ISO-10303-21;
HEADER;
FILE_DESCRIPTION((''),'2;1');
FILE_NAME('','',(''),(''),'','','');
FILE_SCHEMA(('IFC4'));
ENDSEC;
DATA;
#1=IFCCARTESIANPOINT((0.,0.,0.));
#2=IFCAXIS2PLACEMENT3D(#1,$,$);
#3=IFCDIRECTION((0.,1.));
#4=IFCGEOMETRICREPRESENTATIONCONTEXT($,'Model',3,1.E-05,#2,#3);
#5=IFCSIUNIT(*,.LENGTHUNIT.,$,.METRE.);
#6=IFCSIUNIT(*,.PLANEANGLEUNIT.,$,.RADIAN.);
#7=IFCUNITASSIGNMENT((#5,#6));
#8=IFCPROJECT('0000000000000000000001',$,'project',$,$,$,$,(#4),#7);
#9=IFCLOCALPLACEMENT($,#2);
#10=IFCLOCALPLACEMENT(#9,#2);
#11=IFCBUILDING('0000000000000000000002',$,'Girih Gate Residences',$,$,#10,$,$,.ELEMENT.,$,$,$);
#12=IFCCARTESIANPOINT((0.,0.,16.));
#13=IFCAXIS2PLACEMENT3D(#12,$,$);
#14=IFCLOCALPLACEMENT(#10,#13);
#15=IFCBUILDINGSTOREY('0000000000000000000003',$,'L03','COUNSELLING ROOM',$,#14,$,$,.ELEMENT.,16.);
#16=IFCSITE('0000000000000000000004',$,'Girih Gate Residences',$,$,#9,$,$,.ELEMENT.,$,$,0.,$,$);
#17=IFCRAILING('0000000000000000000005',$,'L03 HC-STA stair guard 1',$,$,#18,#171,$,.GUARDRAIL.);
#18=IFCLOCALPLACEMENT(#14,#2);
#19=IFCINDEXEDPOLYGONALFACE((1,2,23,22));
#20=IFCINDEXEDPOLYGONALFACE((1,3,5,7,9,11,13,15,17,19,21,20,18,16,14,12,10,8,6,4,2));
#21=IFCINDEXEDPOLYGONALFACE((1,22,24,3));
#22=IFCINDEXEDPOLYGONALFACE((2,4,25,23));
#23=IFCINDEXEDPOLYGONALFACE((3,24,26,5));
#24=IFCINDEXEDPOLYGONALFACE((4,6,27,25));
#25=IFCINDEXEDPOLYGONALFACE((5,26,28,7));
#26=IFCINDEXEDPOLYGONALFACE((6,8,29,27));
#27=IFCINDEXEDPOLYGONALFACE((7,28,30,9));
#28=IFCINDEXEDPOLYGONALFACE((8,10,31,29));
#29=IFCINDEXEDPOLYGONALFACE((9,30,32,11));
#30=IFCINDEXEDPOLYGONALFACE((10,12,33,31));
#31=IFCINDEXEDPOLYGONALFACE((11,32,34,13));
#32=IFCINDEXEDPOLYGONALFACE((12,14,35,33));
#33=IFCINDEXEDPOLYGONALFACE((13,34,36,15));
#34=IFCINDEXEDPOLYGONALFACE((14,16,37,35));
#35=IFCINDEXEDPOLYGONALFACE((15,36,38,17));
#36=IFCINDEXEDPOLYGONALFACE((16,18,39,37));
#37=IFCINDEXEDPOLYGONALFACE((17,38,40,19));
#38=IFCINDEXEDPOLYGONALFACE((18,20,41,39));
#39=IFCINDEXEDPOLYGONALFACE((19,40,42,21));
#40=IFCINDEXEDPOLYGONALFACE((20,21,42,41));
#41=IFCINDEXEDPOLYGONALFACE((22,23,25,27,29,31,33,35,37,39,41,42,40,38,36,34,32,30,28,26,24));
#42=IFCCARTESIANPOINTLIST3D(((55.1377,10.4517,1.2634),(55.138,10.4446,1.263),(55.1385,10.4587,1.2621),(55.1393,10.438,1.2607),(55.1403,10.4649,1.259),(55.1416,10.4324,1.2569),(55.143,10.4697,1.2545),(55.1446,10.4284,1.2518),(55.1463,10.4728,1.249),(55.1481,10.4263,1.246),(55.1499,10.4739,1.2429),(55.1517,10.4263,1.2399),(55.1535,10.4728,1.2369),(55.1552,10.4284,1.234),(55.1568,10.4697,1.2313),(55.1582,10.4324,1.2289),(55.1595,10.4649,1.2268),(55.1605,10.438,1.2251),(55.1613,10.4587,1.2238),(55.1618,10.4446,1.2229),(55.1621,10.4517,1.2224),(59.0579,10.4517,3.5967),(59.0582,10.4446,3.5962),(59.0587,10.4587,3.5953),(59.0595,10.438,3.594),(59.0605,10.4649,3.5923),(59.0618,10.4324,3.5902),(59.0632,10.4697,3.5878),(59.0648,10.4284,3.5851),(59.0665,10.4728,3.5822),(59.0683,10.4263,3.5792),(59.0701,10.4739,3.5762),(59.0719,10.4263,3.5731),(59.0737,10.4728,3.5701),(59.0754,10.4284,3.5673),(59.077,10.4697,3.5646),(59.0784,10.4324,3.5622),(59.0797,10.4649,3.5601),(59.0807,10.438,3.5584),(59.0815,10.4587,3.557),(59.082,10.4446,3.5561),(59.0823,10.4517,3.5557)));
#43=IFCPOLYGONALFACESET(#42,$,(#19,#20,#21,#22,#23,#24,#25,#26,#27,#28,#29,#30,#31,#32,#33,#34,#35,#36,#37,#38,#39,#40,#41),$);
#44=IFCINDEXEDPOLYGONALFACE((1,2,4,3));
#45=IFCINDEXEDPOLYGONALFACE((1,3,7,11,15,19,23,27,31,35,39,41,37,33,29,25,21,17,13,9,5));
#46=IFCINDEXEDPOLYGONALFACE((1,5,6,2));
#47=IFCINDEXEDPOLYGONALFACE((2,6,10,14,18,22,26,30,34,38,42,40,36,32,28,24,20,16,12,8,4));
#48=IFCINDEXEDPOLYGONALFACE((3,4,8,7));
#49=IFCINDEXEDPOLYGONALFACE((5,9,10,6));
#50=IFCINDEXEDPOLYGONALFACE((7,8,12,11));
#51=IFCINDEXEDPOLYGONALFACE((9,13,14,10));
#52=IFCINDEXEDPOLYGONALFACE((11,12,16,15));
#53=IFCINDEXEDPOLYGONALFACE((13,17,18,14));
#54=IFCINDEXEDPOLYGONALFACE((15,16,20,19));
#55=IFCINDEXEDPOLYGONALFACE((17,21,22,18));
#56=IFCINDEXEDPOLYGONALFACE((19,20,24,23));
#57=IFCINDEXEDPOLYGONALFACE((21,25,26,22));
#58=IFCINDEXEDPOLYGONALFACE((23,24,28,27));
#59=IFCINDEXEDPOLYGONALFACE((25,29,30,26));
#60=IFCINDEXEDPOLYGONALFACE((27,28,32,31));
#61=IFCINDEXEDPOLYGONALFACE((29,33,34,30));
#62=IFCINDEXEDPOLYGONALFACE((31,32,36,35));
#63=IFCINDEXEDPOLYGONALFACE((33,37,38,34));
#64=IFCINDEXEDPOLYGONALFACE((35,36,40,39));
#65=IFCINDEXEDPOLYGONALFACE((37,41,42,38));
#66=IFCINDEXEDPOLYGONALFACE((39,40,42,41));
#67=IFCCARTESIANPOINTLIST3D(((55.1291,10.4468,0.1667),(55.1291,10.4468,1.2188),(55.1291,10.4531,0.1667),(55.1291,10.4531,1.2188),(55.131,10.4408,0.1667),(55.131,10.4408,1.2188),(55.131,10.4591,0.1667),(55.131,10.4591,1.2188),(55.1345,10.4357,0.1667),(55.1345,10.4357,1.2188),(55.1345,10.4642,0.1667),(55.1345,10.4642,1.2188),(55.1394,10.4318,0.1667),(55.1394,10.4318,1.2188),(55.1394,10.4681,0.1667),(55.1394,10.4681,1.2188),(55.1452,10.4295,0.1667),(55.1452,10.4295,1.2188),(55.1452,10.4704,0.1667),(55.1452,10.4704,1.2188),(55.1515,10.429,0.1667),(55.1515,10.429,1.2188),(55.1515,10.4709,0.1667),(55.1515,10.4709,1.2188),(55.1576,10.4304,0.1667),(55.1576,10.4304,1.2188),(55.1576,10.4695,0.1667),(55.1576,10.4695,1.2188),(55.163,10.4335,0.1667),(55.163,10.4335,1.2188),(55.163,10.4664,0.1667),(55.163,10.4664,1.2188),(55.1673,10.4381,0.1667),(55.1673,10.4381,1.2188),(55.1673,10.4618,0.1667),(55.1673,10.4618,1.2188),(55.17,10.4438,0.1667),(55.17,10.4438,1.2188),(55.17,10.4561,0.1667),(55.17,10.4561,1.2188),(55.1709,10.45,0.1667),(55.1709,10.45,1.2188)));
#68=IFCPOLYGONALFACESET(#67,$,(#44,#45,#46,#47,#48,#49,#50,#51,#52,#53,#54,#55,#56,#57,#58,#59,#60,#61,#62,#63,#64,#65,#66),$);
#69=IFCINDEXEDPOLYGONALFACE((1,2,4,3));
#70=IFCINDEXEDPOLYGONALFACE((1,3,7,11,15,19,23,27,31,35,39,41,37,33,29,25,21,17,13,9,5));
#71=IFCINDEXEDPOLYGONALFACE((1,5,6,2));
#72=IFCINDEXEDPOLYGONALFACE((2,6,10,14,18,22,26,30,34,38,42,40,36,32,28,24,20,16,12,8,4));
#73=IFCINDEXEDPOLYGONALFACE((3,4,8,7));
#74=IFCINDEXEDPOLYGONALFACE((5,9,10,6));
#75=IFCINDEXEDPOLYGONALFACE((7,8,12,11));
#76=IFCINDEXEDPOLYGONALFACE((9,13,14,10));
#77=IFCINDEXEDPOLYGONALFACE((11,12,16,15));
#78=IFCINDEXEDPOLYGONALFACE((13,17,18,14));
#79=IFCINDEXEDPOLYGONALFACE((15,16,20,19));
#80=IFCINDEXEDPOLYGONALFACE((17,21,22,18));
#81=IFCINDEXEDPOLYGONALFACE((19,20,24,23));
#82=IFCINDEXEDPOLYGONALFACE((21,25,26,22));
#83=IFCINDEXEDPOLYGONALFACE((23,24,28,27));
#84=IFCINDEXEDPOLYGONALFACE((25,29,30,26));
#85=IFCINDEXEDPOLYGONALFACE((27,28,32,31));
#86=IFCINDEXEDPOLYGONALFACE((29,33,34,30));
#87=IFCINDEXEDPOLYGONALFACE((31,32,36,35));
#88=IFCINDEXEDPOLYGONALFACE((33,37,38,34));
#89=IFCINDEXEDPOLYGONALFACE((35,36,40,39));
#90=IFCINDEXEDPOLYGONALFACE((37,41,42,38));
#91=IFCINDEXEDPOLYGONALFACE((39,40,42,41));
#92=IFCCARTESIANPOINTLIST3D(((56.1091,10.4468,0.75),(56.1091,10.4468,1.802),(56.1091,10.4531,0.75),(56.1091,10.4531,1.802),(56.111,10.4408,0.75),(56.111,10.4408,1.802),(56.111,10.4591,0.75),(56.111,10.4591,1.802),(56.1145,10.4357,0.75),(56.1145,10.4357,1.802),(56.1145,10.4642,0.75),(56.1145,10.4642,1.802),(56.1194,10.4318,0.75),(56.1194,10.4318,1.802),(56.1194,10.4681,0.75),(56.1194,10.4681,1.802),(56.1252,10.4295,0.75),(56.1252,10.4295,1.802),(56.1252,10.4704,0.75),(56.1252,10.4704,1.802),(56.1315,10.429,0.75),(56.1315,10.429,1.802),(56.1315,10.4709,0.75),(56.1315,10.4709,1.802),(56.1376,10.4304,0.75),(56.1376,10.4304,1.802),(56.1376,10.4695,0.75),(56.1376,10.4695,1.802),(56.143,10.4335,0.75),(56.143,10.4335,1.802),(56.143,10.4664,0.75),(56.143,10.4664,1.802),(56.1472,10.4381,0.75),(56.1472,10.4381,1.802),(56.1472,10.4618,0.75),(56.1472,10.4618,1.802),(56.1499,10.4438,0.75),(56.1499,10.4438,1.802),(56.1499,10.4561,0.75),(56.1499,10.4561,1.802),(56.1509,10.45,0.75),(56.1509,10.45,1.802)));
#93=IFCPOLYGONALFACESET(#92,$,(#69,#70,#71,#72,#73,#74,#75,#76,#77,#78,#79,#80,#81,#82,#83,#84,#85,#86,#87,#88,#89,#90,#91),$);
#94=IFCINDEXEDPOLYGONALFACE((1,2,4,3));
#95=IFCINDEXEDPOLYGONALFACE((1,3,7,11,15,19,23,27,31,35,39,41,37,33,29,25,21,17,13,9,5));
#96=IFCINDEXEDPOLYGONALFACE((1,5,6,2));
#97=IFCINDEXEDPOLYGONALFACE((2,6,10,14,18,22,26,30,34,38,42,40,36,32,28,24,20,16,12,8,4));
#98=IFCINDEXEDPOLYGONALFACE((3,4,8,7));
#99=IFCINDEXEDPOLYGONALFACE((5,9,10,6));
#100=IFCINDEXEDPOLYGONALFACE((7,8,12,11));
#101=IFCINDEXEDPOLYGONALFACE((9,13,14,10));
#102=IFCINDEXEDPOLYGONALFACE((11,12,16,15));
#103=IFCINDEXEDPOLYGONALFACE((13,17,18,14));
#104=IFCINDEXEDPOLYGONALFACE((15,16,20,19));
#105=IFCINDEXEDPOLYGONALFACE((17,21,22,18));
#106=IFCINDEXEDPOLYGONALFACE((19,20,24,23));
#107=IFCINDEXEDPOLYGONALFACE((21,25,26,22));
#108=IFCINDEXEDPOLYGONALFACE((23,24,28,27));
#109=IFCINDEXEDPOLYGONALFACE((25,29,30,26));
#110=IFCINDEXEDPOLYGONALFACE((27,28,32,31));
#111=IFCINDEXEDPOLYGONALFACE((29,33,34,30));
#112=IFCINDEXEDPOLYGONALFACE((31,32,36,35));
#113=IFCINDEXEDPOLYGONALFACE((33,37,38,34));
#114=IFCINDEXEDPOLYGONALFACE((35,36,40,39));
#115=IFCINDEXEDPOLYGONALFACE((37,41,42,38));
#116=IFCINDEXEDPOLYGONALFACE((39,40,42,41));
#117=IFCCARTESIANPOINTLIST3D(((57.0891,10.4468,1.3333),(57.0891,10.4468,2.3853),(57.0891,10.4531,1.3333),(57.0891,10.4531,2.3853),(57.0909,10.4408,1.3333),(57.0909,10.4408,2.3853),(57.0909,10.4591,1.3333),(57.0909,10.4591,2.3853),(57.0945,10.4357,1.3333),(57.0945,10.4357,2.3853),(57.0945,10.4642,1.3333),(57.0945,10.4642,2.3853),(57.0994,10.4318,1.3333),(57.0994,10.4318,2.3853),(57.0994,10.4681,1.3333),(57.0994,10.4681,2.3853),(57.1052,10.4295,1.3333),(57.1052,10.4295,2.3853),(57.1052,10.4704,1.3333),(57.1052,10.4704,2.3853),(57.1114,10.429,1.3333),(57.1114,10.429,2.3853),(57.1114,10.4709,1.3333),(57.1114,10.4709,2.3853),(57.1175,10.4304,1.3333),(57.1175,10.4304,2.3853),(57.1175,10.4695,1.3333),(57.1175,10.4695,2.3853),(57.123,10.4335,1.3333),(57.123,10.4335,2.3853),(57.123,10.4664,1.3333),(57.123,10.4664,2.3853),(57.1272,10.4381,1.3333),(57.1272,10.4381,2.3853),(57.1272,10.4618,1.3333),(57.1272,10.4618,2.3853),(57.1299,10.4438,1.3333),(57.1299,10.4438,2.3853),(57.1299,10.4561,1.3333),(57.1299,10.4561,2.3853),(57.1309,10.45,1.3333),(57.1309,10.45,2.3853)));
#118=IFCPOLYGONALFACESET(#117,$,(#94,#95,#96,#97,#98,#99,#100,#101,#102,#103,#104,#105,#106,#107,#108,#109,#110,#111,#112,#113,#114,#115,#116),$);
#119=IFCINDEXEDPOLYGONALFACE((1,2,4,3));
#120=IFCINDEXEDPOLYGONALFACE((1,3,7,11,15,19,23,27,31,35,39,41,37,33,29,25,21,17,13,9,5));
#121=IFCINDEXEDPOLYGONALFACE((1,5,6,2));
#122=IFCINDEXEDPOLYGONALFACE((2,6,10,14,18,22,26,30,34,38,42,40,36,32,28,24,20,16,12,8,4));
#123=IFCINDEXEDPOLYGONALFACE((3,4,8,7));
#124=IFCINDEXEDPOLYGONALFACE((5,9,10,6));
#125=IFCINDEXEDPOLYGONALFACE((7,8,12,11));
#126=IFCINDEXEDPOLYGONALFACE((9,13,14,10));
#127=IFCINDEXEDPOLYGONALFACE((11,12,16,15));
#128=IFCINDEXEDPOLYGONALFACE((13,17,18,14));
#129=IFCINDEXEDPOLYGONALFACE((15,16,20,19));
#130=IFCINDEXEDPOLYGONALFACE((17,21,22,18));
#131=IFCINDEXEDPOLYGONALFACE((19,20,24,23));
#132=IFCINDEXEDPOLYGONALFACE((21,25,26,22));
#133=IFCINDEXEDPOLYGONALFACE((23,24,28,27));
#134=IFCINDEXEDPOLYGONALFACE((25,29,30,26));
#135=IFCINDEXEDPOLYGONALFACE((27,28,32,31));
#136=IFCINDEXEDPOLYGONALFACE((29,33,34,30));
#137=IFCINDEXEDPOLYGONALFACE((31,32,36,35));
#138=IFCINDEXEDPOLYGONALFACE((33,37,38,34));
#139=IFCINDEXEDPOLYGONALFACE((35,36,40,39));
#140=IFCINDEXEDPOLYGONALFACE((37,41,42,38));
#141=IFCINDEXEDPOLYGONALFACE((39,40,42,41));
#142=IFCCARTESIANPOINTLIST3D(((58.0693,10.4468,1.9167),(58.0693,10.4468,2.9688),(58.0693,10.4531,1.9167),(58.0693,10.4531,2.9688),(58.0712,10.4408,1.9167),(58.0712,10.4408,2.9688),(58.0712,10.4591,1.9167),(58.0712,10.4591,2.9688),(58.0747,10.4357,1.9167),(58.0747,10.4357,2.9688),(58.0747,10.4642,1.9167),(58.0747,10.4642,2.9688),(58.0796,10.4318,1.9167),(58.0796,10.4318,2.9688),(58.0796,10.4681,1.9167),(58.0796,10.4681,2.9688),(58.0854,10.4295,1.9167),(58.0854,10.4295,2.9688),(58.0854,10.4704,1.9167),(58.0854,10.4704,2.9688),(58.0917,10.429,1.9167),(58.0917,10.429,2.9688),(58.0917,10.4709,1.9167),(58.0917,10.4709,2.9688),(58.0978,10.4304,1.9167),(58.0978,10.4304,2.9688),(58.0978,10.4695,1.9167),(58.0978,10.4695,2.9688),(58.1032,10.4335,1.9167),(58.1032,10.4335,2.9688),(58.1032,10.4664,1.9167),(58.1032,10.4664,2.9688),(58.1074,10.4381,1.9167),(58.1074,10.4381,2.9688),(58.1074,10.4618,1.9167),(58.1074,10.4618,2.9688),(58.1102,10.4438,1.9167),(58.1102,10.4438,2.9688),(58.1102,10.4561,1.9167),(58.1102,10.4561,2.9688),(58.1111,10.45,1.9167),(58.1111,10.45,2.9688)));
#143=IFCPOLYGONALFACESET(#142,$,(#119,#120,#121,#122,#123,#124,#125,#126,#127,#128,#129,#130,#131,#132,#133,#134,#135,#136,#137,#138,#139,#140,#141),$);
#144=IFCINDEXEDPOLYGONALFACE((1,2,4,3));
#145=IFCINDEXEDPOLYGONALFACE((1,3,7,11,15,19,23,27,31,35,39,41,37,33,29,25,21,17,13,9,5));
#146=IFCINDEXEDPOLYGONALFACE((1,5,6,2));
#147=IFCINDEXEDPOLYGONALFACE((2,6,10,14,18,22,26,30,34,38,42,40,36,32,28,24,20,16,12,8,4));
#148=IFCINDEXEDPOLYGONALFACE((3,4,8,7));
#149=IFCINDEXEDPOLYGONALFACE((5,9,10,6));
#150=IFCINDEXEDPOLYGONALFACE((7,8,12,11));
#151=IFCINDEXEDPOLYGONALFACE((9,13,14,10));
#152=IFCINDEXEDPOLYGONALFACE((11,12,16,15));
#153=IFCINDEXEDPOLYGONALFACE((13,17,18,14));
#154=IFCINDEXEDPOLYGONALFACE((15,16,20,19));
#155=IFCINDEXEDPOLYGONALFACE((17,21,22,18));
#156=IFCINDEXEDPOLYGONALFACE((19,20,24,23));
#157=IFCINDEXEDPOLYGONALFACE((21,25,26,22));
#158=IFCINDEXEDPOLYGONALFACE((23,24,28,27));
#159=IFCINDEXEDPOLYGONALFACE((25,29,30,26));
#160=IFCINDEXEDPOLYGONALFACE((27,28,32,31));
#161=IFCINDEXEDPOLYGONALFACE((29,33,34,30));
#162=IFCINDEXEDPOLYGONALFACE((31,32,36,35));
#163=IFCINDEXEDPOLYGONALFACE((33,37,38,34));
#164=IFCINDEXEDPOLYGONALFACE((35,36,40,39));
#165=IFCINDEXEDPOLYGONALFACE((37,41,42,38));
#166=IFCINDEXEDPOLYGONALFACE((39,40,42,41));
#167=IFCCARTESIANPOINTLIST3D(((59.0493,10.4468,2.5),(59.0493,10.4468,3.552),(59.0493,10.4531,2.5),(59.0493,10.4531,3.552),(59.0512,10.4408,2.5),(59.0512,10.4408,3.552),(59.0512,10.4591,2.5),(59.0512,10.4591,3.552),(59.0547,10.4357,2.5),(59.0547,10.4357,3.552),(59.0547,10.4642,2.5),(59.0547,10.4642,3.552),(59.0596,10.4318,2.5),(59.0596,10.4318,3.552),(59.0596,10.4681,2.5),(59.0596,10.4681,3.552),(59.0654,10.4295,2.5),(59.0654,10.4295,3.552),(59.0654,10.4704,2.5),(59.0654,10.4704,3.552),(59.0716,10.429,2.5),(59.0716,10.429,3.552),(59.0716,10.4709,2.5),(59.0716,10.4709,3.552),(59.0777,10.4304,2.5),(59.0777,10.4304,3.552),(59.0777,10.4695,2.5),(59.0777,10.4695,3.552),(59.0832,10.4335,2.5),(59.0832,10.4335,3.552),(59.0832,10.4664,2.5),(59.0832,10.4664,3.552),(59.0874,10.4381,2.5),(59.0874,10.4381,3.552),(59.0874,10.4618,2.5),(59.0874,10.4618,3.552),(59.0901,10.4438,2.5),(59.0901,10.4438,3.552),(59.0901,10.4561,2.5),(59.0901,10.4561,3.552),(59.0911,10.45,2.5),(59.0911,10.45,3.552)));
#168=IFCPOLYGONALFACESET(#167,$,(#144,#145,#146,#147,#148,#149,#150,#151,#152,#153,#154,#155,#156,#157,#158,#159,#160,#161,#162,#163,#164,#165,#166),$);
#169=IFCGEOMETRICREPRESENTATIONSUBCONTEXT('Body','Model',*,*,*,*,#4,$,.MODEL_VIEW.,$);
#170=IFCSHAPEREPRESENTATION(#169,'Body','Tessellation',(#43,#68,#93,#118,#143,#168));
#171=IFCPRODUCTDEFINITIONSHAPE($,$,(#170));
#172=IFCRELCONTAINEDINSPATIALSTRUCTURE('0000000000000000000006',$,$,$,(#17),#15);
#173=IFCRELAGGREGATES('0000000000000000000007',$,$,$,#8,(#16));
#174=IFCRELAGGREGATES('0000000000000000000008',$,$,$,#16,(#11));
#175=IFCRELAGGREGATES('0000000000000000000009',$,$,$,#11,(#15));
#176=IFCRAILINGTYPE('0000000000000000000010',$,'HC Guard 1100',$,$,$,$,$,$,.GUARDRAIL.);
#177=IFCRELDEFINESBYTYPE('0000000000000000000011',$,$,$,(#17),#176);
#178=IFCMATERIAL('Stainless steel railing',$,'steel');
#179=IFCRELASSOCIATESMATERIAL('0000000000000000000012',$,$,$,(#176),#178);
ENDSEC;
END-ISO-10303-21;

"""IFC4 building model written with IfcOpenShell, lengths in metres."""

from ifc_helpers import new_model, si_unit, direction, frame, origin, origin_2d, place, context, subcontext, project, spatial, circle, extrude, material, type_object, element, save


model = new_model("IFC4")

# Units and contexts
model_context = context("Model", 3, precision=1e-05, world=origin(), true_north=direction((0.0, 1.0)))
body_context = subcontext(model_context, "Body", "Model", "MODEL_VIEW")
ifc_project = project(units=[si_unit("LENGTHUNIT", "METRE"), si_unit("PLANEANGLEUNIT", "RADIAN")], contexts=[model_context])

# Site, building, storey
site_placement = place(None, origin())
site = spatial("IfcSite", under=ifc_project, at=site_placement, Name="Girih Gate Residences", CompositionType="ELEMENT", RefElevation=0.0)
building_placement = place(site_placement, origin())
building = spatial("IfcBuilding", under=site, at=building_placement, Name="Girih Gate Residences", CompositionType="ELEMENT")
storey_placement = place(building_placement, frame((0.0, 0.0, 16.0)))
storey = spatial("IfcBuildingStorey", under=building, at=storey_placement, Name="L03", Description="COUNSELLING ROOM", CompositionType="ELEMENT", Elevation=16.0)

# Railing
ifc_material_1 = material(Name="Stainless steel railing", Category="steel")
railing_type_1 = type_object("IfcRailingType", Name="HC Guard 1100", PredefinedType="GUARDRAIL", material=ifc_material_1)
railing_1_placement = place(storey_placement, frame((55.1499, 10.45, 0.1667)))
element("IfcRailing", 1, at=railing_1_placement, inside=storey, type_object=railing_type_1, Name="L03 HC-STA stair guard 1", PredefinedType="GUARDRAIL", context=body_context, shape_type="SweptSolid", body=[
    extrude(circle(Radius=0.0239, at=origin_2d()), frame((0.0, 0.0, 1.0762), z_axis=(0.85931, 0.0, 0.511455), x_axis=(0.0, 1.0, 0.0)), (0.0, 0.0, 1.0), 4.562),
    extrude(circle(Radius=0.021, at=origin_2d()), origin(), (0.0, 0.0, 1.0), 1.052),
    extrude(circle(Radius=0.021, at=origin_2d()), frame((0.98, 0.0, 0.5833)), (0.0, 0.0, 1.0), 1.052),
    extrude(circle(Radius=0.021, at=origin_2d()), frame((1.96, 0.0, 1.1665)), (0.0, 0.0, 1.0), 1.052),
    extrude(circle(Radius=0.021, at=origin_2d()), frame((2.9402, 0.0, 1.75)), (0.0, 0.0, 1.0), 1.052),
    extrude(circle(Radius=0.021, at=origin_2d()), frame((3.9202, 0.0, 2.3333)), (0.0, 0.0, 1.0), 1.052),
])

save(model, "model.ifc")
